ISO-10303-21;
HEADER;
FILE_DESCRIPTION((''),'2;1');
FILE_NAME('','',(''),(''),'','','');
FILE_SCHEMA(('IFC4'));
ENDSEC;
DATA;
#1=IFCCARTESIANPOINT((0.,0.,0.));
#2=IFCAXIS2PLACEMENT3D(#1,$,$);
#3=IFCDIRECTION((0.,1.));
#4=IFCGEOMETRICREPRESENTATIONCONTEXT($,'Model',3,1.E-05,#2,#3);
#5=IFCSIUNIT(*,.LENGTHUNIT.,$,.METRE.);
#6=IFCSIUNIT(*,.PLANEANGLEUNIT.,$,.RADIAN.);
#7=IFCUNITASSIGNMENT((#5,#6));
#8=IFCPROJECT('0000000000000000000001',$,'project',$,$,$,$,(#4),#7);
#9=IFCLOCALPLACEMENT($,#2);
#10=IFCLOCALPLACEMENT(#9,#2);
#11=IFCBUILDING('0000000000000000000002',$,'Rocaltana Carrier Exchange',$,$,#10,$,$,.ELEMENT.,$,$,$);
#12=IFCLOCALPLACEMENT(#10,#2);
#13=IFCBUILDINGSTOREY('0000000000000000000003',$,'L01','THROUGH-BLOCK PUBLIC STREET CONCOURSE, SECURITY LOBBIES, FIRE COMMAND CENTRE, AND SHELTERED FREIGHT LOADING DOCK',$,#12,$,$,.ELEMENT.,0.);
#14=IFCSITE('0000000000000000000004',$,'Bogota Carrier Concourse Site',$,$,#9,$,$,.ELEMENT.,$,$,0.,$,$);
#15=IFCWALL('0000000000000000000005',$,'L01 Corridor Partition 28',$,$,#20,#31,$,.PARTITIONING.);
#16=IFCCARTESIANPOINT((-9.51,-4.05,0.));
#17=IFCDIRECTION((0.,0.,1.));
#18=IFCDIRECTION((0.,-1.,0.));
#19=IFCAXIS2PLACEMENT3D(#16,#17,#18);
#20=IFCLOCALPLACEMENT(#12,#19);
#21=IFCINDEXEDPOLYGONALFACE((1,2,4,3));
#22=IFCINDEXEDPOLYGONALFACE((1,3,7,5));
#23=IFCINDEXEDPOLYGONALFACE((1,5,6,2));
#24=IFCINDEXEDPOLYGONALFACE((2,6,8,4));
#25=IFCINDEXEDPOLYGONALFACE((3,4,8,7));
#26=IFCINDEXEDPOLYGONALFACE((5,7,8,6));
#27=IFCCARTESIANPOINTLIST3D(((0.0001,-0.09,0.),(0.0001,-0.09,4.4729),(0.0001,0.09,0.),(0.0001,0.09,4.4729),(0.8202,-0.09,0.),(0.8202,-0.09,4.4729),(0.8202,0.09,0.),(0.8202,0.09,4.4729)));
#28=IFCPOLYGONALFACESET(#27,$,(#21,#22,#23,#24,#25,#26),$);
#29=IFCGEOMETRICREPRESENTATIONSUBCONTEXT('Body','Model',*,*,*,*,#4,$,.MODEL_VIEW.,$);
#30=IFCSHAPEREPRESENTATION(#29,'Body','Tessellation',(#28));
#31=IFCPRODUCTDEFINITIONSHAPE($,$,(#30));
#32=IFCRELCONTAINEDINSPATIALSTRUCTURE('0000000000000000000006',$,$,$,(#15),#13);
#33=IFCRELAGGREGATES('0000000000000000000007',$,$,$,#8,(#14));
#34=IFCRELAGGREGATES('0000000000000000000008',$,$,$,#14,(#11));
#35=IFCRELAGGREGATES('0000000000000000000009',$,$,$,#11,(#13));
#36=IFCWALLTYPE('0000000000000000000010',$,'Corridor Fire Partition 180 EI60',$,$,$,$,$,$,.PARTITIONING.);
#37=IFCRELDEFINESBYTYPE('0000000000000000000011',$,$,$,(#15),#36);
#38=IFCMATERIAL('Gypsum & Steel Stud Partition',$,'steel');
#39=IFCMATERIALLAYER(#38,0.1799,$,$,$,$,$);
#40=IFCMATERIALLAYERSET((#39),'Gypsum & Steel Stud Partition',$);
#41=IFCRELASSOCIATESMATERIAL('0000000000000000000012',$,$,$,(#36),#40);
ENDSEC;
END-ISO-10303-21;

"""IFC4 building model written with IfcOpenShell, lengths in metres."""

from ifc_helpers import new_model, si_unit, direction, frame, frame_2d, origin, place, context, subcontext, project, spatial, rectangle, extrude, material, layer, layer_set, type_object, element, save


model = new_model("IFC4")

# Units and contexts
model_context = context("Model", 3, precision=1e-05, world=origin(), true_north=direction((0.0, 1.0)))
body_context = subcontext(model_context, "Body", "Model", "MODEL_VIEW")
ifc_project = project(units=[si_unit("LENGTHUNIT", "METRE"), si_unit("PLANEANGLEUNIT", "RADIAN")], contexts=[model_context])

# Site, building, storey
site_placement = place(None, origin())
site = spatial("IfcSite", under=ifc_project, at=site_placement, Name="Bogota Carrier Concourse Site", CompositionType="ELEMENT", RefElevation=0.0)
building_placement = place(site_placement, origin())
building = spatial("IfcBuilding", under=site, at=building_placement, Name="Rocaltana Carrier Exchange", CompositionType="ELEMENT")
storey_placement = place(building_placement, origin())
storey = spatial("IfcBuildingStorey", under=building, at=storey_placement, Name="L01", Description="THROUGH-BLOCK PUBLIC STREET CONCOURSE, SECURITY LOBBIES, FIRE COMMAND CENTRE, AND SHELTERED FREIGHT LOADING DOCK", CompositionType="ELEMENT", Elevation=0.0)

# Wall
ifc_material_1 = material(Name="Gypsum & Steel Stud Partition", Category="steel")
ifc_layer_1 = layer(ifc_material_1, 0.1799)
ifc_layer_set_1 = layer_set([ifc_layer_1], Name="Gypsum & Steel Stud Partition")
wall_type_1 = type_object("IfcWallType", Name="Corridor Fire Partition 180 EI60", PredefinedType="PARTITIONING", material=ifc_layer_set_1)
wall_1_placement = place(storey_placement, frame((-9.51, -4.05, 0.0), z_axis=(0.0, 0.0, 1.0), x_axis=(0.0, -1.0, 0.0)))
element("IfcWall", 1, at=wall_1_placement, inside=storey, type_object=wall_type_1, Name="L01 Corridor Partition 28", PredefinedType="PARTITIONING", context=body_context, shape_type="SweptSolid", body=[
    extrude(rectangle(XDim=0.8201, YDim=0.1799, at=frame_2d((0.4102, 0.0))), origin(), (0.0, 0.0, 1.0), 4.4729),
])

save(model, "model.ifc")
